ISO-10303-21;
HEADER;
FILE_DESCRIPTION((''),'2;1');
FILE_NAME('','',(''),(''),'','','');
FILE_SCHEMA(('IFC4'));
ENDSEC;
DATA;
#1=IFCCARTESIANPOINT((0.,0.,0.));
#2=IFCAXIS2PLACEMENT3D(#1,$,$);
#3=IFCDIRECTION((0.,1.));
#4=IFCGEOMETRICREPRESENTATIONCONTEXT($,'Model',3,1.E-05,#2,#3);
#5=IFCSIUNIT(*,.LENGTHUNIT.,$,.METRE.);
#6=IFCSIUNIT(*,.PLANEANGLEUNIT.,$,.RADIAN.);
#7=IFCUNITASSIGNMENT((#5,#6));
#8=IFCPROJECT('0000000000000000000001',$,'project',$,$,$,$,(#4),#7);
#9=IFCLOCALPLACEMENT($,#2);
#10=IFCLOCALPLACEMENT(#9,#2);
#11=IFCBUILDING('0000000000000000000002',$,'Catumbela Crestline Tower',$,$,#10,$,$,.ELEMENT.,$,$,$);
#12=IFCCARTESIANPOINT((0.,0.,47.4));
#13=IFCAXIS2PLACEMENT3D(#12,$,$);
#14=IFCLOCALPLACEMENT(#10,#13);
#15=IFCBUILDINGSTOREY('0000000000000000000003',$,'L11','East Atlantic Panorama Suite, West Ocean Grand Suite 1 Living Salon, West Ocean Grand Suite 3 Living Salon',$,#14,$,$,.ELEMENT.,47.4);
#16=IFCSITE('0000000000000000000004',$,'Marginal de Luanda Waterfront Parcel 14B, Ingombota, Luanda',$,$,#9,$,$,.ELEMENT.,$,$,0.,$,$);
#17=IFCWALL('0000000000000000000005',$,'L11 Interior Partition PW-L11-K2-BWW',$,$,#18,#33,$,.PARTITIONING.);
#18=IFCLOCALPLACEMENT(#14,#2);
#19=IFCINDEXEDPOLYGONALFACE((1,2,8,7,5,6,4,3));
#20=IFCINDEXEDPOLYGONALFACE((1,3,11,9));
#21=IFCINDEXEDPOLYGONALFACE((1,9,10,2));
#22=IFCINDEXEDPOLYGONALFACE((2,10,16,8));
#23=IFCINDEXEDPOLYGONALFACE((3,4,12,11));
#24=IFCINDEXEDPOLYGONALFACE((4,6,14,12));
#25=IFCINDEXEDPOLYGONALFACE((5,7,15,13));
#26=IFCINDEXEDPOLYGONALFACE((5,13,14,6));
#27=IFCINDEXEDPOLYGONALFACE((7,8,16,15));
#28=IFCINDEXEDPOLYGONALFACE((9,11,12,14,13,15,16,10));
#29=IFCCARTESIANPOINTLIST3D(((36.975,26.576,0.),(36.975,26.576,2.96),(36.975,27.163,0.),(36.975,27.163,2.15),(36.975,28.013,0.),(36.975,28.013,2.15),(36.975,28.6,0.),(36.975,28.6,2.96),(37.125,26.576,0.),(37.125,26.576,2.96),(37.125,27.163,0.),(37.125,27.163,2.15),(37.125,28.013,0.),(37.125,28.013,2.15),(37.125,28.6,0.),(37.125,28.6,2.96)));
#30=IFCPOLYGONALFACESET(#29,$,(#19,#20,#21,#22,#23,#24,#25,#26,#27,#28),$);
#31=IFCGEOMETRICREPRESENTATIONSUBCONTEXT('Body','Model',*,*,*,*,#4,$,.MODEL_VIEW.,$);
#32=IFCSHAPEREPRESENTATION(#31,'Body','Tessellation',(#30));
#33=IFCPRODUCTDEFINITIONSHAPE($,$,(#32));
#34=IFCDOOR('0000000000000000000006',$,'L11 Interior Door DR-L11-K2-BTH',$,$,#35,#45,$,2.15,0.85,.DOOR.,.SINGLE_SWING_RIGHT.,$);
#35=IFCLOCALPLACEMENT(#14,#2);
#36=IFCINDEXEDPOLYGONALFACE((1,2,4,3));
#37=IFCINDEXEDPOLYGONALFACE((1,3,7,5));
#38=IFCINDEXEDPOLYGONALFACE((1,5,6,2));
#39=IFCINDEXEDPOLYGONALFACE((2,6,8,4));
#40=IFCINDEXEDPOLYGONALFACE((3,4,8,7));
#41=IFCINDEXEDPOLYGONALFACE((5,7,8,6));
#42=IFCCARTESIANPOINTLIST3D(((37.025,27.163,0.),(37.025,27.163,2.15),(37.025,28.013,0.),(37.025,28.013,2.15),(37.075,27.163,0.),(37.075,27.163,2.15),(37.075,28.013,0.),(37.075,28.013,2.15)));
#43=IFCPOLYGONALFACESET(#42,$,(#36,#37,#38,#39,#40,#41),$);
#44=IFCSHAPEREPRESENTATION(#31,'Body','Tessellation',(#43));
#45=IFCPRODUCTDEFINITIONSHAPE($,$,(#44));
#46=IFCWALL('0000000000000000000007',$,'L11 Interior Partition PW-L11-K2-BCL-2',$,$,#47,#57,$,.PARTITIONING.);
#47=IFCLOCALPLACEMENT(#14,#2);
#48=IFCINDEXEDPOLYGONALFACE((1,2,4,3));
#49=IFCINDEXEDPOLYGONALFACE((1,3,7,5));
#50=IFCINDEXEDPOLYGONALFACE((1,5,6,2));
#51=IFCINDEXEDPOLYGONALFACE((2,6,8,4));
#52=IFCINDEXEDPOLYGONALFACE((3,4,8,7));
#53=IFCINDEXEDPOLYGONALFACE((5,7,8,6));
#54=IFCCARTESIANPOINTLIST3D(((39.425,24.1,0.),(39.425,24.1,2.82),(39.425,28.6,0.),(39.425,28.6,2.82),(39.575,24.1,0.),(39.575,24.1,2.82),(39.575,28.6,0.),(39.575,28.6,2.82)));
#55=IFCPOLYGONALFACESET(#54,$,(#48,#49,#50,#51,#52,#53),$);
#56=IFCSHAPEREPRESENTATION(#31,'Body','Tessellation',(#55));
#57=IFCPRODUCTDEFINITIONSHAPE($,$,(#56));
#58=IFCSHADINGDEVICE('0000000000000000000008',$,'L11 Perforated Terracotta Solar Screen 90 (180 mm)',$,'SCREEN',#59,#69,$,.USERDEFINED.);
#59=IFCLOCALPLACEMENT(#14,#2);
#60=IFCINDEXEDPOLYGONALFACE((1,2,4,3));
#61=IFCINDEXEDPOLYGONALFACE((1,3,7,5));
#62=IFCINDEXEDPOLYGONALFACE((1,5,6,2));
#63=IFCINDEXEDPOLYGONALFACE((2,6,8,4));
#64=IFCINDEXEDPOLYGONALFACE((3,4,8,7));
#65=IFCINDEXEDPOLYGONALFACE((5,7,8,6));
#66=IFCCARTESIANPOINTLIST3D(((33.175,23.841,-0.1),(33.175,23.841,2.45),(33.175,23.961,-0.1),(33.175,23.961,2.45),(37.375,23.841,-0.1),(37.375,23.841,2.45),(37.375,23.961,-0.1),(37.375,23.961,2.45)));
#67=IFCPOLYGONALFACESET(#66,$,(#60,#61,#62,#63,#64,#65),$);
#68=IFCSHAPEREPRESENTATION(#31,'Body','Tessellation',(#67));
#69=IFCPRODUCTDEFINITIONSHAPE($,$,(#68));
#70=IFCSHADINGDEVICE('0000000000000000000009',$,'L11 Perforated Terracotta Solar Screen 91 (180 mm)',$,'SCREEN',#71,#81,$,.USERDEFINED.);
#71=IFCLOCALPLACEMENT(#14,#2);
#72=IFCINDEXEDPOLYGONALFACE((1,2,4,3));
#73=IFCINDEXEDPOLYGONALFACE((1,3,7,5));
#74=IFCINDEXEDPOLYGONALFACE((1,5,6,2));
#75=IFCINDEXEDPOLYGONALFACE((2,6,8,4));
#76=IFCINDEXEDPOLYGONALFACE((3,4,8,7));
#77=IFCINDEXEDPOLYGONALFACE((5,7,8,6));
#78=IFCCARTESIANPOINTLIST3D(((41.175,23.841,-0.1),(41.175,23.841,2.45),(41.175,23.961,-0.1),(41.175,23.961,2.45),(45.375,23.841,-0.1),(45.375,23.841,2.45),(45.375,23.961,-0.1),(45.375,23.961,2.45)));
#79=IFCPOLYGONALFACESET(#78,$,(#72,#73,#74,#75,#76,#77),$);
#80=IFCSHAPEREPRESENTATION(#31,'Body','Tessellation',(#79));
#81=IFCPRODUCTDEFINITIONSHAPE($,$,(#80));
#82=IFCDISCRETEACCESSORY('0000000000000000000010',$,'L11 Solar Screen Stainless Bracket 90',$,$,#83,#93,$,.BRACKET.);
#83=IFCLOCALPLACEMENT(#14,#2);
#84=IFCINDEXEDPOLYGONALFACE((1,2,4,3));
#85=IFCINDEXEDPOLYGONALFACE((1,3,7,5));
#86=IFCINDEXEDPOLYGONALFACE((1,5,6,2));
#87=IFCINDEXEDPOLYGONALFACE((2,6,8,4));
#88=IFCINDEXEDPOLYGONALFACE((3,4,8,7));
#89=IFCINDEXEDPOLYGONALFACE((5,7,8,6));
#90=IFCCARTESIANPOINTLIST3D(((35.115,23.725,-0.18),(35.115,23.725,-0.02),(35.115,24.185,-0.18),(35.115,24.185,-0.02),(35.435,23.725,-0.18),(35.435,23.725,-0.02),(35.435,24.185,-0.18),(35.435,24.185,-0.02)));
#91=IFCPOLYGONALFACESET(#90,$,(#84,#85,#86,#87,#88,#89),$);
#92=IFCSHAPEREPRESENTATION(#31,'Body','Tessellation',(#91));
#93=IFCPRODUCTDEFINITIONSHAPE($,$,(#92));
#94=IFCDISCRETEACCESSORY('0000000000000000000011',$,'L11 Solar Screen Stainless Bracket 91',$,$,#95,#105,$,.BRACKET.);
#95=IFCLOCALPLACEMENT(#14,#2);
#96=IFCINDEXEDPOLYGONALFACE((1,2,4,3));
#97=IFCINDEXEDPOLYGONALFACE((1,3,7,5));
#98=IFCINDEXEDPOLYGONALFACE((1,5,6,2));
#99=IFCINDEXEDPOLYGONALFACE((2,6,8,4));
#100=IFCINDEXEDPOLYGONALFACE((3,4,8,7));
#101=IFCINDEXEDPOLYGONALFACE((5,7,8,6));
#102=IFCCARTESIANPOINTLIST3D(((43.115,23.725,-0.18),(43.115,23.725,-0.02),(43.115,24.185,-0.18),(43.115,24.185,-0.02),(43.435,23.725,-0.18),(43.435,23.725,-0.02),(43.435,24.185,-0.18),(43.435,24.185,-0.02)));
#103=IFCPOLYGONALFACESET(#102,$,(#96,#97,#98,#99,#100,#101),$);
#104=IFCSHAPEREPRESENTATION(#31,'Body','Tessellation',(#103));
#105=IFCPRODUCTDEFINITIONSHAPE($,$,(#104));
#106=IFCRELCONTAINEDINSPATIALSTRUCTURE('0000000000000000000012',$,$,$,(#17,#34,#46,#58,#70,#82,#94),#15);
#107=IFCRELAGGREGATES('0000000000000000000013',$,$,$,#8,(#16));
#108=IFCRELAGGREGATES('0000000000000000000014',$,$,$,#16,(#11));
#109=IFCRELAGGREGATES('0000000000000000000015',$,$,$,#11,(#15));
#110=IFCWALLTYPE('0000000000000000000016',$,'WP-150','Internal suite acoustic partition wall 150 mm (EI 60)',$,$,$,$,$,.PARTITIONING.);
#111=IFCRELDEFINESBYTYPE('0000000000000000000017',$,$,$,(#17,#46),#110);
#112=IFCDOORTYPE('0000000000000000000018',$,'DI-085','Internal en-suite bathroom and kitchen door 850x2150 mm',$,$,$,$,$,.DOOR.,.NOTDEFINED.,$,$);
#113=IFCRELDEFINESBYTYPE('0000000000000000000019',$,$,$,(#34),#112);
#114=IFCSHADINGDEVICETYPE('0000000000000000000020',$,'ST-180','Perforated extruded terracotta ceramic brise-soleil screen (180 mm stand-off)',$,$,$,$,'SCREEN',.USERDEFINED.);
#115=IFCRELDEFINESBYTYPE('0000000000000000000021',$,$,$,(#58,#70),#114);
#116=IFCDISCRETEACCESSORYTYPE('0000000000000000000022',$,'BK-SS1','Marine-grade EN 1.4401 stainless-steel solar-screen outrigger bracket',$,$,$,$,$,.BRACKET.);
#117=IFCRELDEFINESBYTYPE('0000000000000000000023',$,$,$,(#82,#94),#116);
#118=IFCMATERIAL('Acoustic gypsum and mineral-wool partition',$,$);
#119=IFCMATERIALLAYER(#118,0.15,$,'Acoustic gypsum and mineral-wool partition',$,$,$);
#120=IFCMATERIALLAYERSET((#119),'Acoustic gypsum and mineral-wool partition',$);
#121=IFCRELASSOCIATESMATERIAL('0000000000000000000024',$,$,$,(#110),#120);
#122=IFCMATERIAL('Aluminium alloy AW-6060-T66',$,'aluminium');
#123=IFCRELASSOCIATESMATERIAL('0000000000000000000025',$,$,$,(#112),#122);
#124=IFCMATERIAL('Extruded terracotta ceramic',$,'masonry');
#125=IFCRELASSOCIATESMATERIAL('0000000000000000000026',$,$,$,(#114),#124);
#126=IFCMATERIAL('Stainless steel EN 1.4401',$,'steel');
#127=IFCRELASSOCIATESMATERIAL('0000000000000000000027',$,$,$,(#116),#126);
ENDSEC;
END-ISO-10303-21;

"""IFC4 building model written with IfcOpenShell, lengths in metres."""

from ifc_helpers import new_model, si_unit, direction, frame, frame_2d, origin, origin_2d, place, context, subcontext, project, spatial, rectangle, extrude, material, layer, layer_set, type_object, element, fill, save


model = new_model("IFC4")

# Units and contexts
model_context = context("Model", 3, precision=1e-05, world=origin(), true_north=direction((0.0, 1.0)))
body_context = subcontext(model_context, "Body", "Model", "MODEL_VIEW")
ifc_project = project(units=[si_unit("LENGTHUNIT", "METRE"), si_unit("PLANEANGLEUNIT", "RADIAN")], contexts=[model_context])

# Site, building, storey
site_placement = place(None, origin())
site = spatial("IfcSite", under=ifc_project, at=site_placement, Name="Marginal de Luanda Waterfront Parcel 14B, Ingombota, Luanda", CompositionType="ELEMENT", RefElevation=0.0)
building_placement = place(site_placement, origin())
building = spatial("IfcBuilding", under=site, at=building_placement, Name="Catumbela Crestline Tower", CompositionType="ELEMENT")
storey_placement = place(building_placement, frame((0.0, 0.0, 47.4)))
storey = spatial("IfcBuildingStorey", under=building, at=storey_placement, Name="L11", Description="East Atlantic Panorama Suite, West Ocean Grand Suite 1 Living Salon, West Ocean Grand Suite 3 Living Salon", CompositionType="ELEMENT", Elevation=47.4)

# Shared definitions
ifc_material_1 = material(Name="Aluminium alloy AW-6060-T66", Category="aluminium")

# Shared definitions
ifc_material_2 = material(Name="Acoustic gypsum and mineral-wool partition")
ifc_layer_1 = layer(ifc_material_2, 0.15, Name="Acoustic gypsum and mineral-wool partition")
ifc_layer_set_1 = layer_set([ifc_layer_1], Name="Acoustic gypsum and mineral-wool partition")
wall_type_1 = type_object("IfcWallType", Name="WP-150", Description="Internal suite acoustic partition wall 150 mm (EI 60)", PredefinedType="PARTITIONING", material=ifc_layer_set_1)

# Shared definitions
door_type = type_object("IfcDoorType", Name="DI-085", Description="Internal en-suite bathroom and kitchen door 850x2150 mm", OperationType="NOTDEFINED", PredefinedType="DOOR", material=ifc_material_1)

# Wall, opening, door
wall_1_placement = place(storey_placement, frame((37.05, 26.576, 0.0), z_axis=(0.0, 0.0, 1.0), x_axis=(0.0, 1.0, 0.0)))
wall_1 = element("IfcWall", 1, at=wall_1_placement, inside=storey, type_object=wall_type_1, Name="L11 Interior Partition PW-L11-K2-BWW", PredefinedType="PARTITIONING", context=body_context, shape_type="SweptSolid", body=[
    extrude(rectangle(XDim=2.024, YDim=0.15, at=frame_2d((1.012, 0.0))), origin(), (0.0, 0.0, 1.0), 2.96),
])
opening_1_placement = place(wall_1_placement, frame((0.587, 0.0, 0.0)))
opening_1 = element("IfcOpeningElement", 2, at=opening_1_placement, cuts=wall_1, PredefinedType="OPENING", context=body_context, shape_type="SweptSolid", body=[
    extrude(rectangle(XDim=0.85, YDim=2.15, at=frame_2d((0.425, 1.075))), frame((0.0, 0.085, 0.0), z_axis=(0.0, -1.0, 0.0), x_axis=(1.0, 0.0, 0.0)), (0.0, 0.0, 1.0), 0.17),
])
door_1_placement = place(opening_1_placement, origin())
door_1 = element("IfcDoor", 3, at=door_1_placement, inside=storey, type_object=door_type, Name="L11 Interior Door DR-L11-K2-BTH", OperationType="SINGLE_SWING_RIGHT", OverallHeight=2.15, OverallWidth=0.85, PredefinedType="DOOR", context=body_context, shape_type="SweptSolid", body=[
    extrude(rectangle(XDim=0.85, YDim=2.15, at=frame_2d((0.425, 1.075))), frame((0.0, 0.025, 0.0), z_axis=(0.0, -1.0, 0.0), x_axis=(1.0, 0.0, 0.0)), (0.0, 0.0, 1.0), 0.05),
])
fill(opening_1, door_1)

# Wall
wall_2_placement = place(storey_placement, frame((39.5, 28.6, 0.0), z_axis=(0.0, 0.0, 1.0), x_axis=(0.0, -1.0, 0.0)))
element("IfcWall", 4, at=wall_2_placement, inside=storey, type_object=wall_type_1, Name="L11 Interior Partition PW-L11-K2-BCL-2", PredefinedType="PARTITIONING", context=body_context, shape_type="SweptSolid", body=[
    extrude(rectangle(XDim=4.5, YDim=0.15, at=frame_2d((2.25, 0.0))), origin(), (0.0, 0.0, 1.0), 2.82),
])

# Shading devices
ifc_material_3 = material(Name="Extruded terracotta ceramic", Category="masonry")
shading_device_type = type_object("IfcShadingDeviceType", Name="ST-180", Description="Perforated extruded terracotta ceramic brise-soleil screen (180 mm stand-off)", ElementType="SCREEN", PredefinedType="USERDEFINED", material=ifc_material_3)
for number, where, z_axis, x_axis, name in (
    (5, (35.275, 23.901, -0.1), (0.0, 0.0, 1.0), (1.0, 0.0, 0.0), "L11 Perforated Terracotta Solar Screen 90 (180 mm)"),
    (6, (43.275, 23.901, -0.1), (0.0, 0.0, 1.0), (1.0, 0.0, 0.0), "L11 Perforated Terracotta Solar Screen 91 (180 mm)"),
):
    element("IfcShadingDevice", number, at=place(storey_placement, frame(where, z_axis=z_axis, x_axis=x_axis)), inside=storey, type_object=shading_device_type, Name=name, ObjectType="SCREEN", PredefinedType="USERDEFINED", context=body_context, shape_type="SweptSolid", body=[
        extrude(rectangle(XDim=4.2, YDim=0.12, at=origin_2d()), origin(), (0.0, 0.0, 1.0), 2.55),
    ])

# Discrete accessories
ifc_material_4 = material(Name="Stainless steel EN 1.4401", Category="steel")
discrete_accessory_type = type_object("IfcDiscreteAccessoryType", Name="BK-SS1", Description="Marine-grade EN 1.4401 stainless-steel solar-screen outrigger bracket", PredefinedType="BRACKET", material=ifc_material_4)
for number, where, z_axis, x_axis, name in (
    (7, (35.275, 23.955, -0.18), (0.0, 0.0, 1.0), (1.0, 0.0, 0.0), "L11 Solar Screen Stainless Bracket 90"),
    (8, (43.275, 23.955, -0.18), (0.0, 0.0, 1.0), (1.0, 0.0, 0.0), "L11 Solar Screen Stainless Bracket 91"),
):
    element("IfcDiscreteAccessory", number, at=place(storey_placement, frame(where, z_axis=z_axis, x_axis=x_axis)), inside=storey, type_object=discrete_accessory_type, Name=name, PredefinedType="BRACKET", context=body_context, shape_type="SweptSolid", body=[
        extrude(rectangle(XDim=0.32, YDim=0.46, at=origin_2d()), origin(), (0.0, 0.0, 1.0), 0.16),
    ])

save(model, "model.ifc")
